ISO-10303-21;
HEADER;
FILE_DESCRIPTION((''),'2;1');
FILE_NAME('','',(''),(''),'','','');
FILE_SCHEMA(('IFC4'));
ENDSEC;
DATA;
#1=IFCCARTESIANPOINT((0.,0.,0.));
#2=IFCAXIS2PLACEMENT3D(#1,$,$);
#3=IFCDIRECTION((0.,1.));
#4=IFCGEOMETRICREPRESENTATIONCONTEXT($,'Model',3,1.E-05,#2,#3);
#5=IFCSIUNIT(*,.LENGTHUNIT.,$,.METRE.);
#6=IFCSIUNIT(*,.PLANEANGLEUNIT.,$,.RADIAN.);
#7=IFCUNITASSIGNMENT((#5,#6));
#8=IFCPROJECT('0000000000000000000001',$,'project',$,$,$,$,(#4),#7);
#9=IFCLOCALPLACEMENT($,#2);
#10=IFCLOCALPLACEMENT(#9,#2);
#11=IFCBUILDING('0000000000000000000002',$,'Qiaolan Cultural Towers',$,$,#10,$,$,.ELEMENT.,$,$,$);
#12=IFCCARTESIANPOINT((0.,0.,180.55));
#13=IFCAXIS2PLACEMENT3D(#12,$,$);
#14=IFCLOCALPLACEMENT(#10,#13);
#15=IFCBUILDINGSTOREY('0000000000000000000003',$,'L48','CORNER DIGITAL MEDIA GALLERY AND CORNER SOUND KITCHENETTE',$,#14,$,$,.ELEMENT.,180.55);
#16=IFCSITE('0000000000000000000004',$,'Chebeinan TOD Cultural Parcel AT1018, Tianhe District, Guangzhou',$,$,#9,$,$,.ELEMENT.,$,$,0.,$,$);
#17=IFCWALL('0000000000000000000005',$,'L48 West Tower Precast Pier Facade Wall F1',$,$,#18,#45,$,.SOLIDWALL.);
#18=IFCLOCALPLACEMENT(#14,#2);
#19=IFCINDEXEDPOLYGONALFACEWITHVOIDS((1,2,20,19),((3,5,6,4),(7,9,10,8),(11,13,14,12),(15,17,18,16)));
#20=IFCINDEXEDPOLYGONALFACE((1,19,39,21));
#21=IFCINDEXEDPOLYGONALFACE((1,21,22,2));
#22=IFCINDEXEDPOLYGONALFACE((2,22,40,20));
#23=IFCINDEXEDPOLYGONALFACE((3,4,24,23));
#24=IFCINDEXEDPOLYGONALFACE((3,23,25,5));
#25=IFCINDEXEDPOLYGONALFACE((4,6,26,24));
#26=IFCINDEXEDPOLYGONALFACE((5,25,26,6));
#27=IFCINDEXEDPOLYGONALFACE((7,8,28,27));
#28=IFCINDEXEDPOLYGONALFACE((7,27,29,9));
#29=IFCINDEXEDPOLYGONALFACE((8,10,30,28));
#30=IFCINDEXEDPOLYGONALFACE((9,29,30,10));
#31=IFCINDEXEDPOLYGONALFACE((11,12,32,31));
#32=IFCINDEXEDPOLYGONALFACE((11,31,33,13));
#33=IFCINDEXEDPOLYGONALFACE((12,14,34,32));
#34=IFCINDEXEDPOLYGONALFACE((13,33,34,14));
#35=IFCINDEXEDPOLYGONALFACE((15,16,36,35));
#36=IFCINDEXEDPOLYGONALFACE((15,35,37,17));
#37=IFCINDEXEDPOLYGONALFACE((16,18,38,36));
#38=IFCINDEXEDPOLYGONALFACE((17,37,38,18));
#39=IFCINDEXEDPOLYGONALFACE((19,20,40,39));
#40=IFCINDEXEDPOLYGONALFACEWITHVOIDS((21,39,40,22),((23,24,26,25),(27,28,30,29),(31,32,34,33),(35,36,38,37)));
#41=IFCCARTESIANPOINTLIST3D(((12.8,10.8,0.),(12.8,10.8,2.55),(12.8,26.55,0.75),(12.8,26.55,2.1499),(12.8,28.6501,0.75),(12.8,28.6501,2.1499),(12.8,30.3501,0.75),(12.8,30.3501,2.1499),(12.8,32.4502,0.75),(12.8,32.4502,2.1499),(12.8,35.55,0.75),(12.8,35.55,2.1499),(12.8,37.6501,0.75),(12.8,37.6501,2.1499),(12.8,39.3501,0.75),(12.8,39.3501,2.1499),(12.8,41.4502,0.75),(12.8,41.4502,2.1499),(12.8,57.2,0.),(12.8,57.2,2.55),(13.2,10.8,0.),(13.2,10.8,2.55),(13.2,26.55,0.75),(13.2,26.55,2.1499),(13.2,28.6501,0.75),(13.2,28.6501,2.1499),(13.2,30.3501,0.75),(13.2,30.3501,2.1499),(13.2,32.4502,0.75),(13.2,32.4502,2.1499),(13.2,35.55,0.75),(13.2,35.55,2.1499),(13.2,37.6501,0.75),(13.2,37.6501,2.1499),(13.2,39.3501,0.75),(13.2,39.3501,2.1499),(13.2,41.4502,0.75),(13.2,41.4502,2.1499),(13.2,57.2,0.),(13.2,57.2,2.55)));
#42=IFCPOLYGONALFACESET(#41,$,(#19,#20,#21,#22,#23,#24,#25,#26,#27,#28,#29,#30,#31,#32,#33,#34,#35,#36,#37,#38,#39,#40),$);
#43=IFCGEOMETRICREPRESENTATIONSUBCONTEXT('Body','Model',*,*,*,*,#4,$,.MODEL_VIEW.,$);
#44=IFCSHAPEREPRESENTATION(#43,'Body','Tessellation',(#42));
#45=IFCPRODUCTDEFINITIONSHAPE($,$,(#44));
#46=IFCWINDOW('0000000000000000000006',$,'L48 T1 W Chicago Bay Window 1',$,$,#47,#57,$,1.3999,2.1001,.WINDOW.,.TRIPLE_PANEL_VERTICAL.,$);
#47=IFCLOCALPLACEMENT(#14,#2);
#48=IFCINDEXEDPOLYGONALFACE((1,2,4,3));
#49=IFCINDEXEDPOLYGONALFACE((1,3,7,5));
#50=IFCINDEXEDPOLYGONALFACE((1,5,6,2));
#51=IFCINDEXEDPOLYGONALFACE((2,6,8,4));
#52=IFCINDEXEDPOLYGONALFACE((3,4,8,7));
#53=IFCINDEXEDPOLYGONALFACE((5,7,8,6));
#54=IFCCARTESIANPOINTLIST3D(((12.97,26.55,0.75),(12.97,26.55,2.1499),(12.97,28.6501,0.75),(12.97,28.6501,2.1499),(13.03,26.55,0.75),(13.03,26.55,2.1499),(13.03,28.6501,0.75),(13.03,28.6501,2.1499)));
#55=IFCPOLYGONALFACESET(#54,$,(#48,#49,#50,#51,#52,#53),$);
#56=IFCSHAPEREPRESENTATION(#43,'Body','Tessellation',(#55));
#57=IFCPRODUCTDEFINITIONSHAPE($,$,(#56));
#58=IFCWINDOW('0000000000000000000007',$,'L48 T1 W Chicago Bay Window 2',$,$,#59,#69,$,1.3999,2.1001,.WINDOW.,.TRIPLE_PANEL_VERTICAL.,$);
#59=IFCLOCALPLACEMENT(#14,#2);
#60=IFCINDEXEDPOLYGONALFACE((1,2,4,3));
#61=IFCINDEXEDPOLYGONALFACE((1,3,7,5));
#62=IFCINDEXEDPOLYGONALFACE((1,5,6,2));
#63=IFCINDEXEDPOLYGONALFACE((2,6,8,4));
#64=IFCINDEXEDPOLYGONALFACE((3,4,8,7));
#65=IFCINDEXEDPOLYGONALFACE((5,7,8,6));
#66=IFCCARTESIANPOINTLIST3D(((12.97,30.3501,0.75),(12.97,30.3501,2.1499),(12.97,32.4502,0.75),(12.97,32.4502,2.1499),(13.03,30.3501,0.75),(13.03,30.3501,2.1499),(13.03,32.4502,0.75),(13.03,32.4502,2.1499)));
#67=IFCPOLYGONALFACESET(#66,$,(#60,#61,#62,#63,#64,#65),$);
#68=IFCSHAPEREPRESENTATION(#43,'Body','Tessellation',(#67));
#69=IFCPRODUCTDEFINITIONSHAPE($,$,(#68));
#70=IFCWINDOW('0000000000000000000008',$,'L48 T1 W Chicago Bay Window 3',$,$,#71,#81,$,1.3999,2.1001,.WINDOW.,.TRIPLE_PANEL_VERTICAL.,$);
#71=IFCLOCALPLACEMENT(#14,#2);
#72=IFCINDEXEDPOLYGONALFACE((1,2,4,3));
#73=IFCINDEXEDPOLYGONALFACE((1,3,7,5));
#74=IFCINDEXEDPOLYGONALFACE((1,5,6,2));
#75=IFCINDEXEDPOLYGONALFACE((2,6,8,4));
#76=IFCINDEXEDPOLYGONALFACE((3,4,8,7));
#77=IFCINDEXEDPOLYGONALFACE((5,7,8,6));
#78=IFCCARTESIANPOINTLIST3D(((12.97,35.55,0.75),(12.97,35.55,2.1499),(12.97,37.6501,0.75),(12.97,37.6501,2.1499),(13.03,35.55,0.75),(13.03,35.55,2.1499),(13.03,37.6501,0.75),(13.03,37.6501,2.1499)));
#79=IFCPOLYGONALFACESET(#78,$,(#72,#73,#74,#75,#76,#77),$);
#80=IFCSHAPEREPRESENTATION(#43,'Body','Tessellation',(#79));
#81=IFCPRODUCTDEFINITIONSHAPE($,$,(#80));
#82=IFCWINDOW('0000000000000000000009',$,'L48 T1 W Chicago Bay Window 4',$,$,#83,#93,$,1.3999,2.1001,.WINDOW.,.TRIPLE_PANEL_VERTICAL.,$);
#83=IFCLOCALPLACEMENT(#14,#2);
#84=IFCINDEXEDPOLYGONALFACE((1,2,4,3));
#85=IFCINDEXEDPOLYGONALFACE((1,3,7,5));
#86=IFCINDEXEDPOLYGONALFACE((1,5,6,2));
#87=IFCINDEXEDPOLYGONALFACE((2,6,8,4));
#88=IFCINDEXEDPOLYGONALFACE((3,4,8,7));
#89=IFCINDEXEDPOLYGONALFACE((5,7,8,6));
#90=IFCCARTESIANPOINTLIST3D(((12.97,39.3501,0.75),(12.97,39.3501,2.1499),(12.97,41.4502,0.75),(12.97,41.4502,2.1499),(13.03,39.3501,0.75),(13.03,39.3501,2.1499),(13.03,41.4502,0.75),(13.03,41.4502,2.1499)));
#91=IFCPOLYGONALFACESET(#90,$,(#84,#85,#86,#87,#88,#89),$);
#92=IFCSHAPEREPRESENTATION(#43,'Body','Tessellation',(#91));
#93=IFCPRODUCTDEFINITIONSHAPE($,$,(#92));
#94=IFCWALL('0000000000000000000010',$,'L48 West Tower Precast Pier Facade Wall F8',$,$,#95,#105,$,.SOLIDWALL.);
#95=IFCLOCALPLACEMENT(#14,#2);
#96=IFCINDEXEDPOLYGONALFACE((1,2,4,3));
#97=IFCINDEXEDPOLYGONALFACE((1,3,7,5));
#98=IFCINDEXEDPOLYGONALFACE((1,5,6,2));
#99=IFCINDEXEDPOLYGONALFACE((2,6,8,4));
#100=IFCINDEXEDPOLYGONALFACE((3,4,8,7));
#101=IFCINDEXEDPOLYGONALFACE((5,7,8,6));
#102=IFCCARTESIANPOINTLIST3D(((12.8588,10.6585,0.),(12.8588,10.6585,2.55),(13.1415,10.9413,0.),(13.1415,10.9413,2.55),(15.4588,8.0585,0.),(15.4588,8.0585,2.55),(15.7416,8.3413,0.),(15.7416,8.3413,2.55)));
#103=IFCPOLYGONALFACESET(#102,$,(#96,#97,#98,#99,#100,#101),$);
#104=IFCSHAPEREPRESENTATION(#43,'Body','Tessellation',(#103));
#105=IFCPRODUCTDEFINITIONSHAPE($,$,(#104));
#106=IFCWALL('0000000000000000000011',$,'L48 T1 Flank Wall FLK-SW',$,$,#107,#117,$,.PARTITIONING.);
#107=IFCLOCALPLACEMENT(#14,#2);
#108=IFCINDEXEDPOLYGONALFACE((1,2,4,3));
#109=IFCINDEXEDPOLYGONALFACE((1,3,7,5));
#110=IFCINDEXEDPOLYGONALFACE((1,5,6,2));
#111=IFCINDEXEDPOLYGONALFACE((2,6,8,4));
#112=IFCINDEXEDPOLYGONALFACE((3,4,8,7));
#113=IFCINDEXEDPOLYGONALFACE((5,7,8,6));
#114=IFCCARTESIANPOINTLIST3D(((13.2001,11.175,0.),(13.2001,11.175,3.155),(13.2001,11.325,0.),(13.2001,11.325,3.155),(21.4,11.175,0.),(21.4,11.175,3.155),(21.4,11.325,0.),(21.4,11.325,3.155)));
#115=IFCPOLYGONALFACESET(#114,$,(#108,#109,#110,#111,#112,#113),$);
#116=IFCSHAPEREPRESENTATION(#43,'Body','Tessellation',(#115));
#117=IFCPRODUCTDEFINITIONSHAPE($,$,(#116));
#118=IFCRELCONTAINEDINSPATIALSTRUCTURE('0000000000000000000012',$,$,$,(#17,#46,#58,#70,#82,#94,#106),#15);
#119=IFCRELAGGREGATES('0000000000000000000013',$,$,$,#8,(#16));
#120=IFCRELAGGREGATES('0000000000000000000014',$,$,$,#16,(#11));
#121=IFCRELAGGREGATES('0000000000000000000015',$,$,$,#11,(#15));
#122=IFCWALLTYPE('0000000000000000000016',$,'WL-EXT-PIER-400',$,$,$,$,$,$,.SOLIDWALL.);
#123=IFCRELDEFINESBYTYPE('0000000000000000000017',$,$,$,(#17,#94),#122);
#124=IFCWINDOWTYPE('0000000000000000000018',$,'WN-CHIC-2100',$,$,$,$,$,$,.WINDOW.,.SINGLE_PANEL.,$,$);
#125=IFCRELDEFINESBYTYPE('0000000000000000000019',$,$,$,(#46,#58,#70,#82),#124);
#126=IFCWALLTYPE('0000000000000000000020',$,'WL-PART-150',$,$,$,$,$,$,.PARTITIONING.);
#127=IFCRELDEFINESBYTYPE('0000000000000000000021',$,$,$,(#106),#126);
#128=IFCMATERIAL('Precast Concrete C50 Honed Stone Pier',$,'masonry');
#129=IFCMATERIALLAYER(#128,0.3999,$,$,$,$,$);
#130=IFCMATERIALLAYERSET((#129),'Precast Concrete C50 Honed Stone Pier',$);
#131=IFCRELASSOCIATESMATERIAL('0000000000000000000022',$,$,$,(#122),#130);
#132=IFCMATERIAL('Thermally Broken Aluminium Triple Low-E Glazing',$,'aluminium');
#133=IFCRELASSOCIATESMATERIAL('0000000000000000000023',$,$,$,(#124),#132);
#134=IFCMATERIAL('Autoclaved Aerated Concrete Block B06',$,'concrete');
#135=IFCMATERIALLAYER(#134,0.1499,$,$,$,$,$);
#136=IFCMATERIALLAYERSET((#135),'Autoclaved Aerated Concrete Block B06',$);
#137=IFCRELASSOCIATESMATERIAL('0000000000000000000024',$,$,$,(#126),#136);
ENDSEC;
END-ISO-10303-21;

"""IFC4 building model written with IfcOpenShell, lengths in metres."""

from ifc_helpers import new_model, si_unit, direction, frame, frame_2d, origin, place, context, subcontext, project, spatial, rectangle, extrude, material, layer, layer_set, type_object, element, fill, save


model = new_model("IFC4")

# Units and contexts
model_context = context("Model", 3, precision=1e-05, world=origin(), true_north=direction((0.0, 1.0)))
body_context = subcontext(model_context, "Body", "Model", "MODEL_VIEW")
ifc_project = project(units=[si_unit("LENGTHUNIT", "METRE"), si_unit("PLANEANGLEUNIT", "RADIAN")], contexts=[model_context])

# Site, building, storey
site_placement = place(None, origin())
site = spatial("IfcSite", under=ifc_project, at=site_placement, Name="Chebeinan TOD Cultural Parcel AT1018, Tianhe District, Guangzhou", CompositionType="ELEMENT", RefElevation=0.0)
building_placement = place(site_placement, origin())
building = spatial("IfcBuilding", under=site, at=building_placement, Name="Qiaolan Cultural Towers", CompositionType="ELEMENT")
storey_placement = place(building_placement, frame((0.0, 0.0, 180.55)))
storey = spatial("IfcBuildingStorey", under=building, at=storey_placement, Name="L48", Description="CORNER DIGITAL MEDIA GALLERY AND CORNER SOUND KITCHENETTE", CompositionType="ELEMENT", Elevation=180.55)

# Wall, openings, windows
ifc_material_1 = material(Name="Precast Concrete C50 Honed Stone Pier", Category="masonry")
ifc_layer_1 = layer(ifc_material_1, 0.3999)
ifc_layer_set_1 = layer_set([ifc_layer_1], Name="Precast Concrete C50 Honed Stone Pier")
wall_type_1 = type_object("IfcWallType", Name="WL-EXT-PIER-400", PredefinedType="SOLIDWALL", material=ifc_layer_set_1)
wall_1_placement = place(storey_placement, frame((13.0, 10.8, 0.0), z_axis=(0.0, 0.0, 1.0), x_axis=(0.0, 1.0, 0.0)))
wall_1 = element("IfcWall", 1, at=wall_1_placement, inside=storey, type_object=wall_type_1, Name="L48 West Tower Precast Pier Facade Wall F1", PredefinedType="SOLIDWALL", context=body_context, shape_type="SweptSolid", body=[
    extrude(rectangle(XDim=46.3999, YDim=0.3999, at=frame_2d((23.2, 0.0))), origin(), (0.0, 0.0, 1.0), 2.55),
])
opening_1_placement = place(wall_1_placement, frame((15.75, 0.0, 0.75)))
opening_1 = element("IfcOpeningElement", 2, at=opening_1_placement, cuts=wall_1, PredefinedType="OPENING", context=body_context, shape_type="SweptSolid", body=[
    extrude(rectangle(XDim=2.1001, YDim=1.3999, at=frame_2d((1.05, 0.7))), frame((0.0, 0.21, 0.0), z_axis=(0.0, -1.0, 0.0), x_axis=(1.0, 0.0, 0.0)), (0.0, 0.0, 1.0), 0.4199),
])
opening_2_placement = place(wall_1_placement, frame((19.55, 0.0, 0.75)))
opening_2 = element("IfcOpeningElement", 3, at=opening_2_placement, cuts=wall_1, PredefinedType="OPENING", context=body_context, shape_type="SweptSolid", body=[
    extrude(rectangle(XDim=2.1001, YDim=1.3999, at=frame_2d((1.05, 0.7))), frame((0.0, 0.21, 0.0), z_axis=(0.0, -1.0, 0.0), x_axis=(1.0, 0.0, 0.0)), (0.0, 0.0, 1.0), 0.4199),
])
opening_3_placement = place(wall_1_placement, frame((24.75, 0.0, 0.75)))
opening_3 = element("IfcOpeningElement", 4, at=opening_3_placement, cuts=wall_1, PredefinedType="OPENING", context=body_context, shape_type="SweptSolid", body=[
    extrude(rectangle(XDim=2.1001, YDim=1.3999, at=frame_2d((1.05, 0.7))), frame((0.0, 0.21, 0.0), z_axis=(0.0, -1.0, 0.0), x_axis=(1.0, 0.0, 0.0)), (0.0, 0.0, 1.0), 0.4199),
])
opening_4_placement = place(wall_1_placement, frame((28.55, 0.0, 0.75)))
opening_4 = element("IfcOpeningElement", 5, at=opening_4_placement, cuts=wall_1, PredefinedType="OPENING", context=body_context, shape_type="SweptSolid", body=[
    extrude(rectangle(XDim=2.1001, YDim=1.3999, at=frame_2d((1.05, 0.7))), frame((0.0, 0.21, 0.0), z_axis=(0.0, -1.0, 0.0), x_axis=(1.0, 0.0, 0.0)), (0.0, 0.0, 1.0), 0.4199),
])
ifc_material_2 = material(Name="Thermally Broken Aluminium Triple Low-E Glazing", Category="aluminium")
window_type = type_object("IfcWindowType", Name="WN-CHIC-2100", PartitioningType="SINGLE_PANEL", PredefinedType="WINDOW", material=ifc_material_2)
window_1_placement = place(opening_1_placement, origin())
window_1 = element("IfcWindow", 6, at=window_1_placement, inside=storey, type_object=window_type, Name="L48 T1 W Chicago Bay Window 1", OverallHeight=1.3999, OverallWidth=2.1001, PartitioningType="TRIPLE_PANEL_VERTICAL", PredefinedType="WINDOW", context=body_context, shape_type="SweptSolid", body=[
    extrude(rectangle(XDim=2.1001, YDim=1.3999, at=frame_2d((1.05, 0.7))), frame((0.0, 0.03, 0.0), z_axis=(0.0, -1.0, 0.0), x_axis=(1.0, 0.0, 0.0)), (0.0, 0.0, 1.0), 0.0601),
])
fill(opening_1, window_1)
window_2_placement = place(opening_2_placement, origin())
window_2 = element("IfcWindow", 7, at=window_2_placement, inside=storey, type_object=window_type, Name="L48 T1 W Chicago Bay Window 2", OverallHeight=1.3999, OverallWidth=2.1001, PartitioningType="TRIPLE_PANEL_VERTICAL", PredefinedType="WINDOW", context=body_context, shape_type="SweptSolid", body=[
    extrude(rectangle(XDim=2.1001, YDim=1.3999, at=frame_2d((1.05, 0.7))), frame((0.0, 0.03, 0.0), z_axis=(0.0, -1.0, 0.0), x_axis=(1.0, 0.0, 0.0)), (0.0, 0.0, 1.0), 0.0601),
])
fill(opening_2, window_2)
window_3_placement = place(opening_3_placement, origin())
window_3 = element("IfcWindow", 8, at=window_3_placement, inside=storey, type_object=window_type, Name="L48 T1 W Chicago Bay Window 3", OverallHeight=1.3999, OverallWidth=2.1001, PartitioningType="TRIPLE_PANEL_VERTICAL", PredefinedType="WINDOW", context=body_context, shape_type="SweptSolid", body=[
    extrude(rectangle(XDim=2.1001, YDim=1.3999, at=frame_2d((1.05, 0.7))), frame((0.0, 0.03, 0.0), z_axis=(0.0, -1.0, 0.0), x_axis=(1.0, 0.0, 0.0)), (0.0, 0.0, 1.0), 0.0601),
])
fill(opening_3, window_3)
window_4_placement = place(opening_4_placement, origin())
window_4 = element("IfcWindow", 9, at=window_4_placement, inside=storey, type_object=window_type, Name="L48 T1 W Chicago Bay Window 4", OverallHeight=1.3999, OverallWidth=2.1001, PartitioningType="TRIPLE_PANEL_VERTICAL", PredefinedType="WINDOW", context=body_context, shape_type="SweptSolid", body=[
    extrude(rectangle(XDim=2.1001, YDim=1.3999, at=frame_2d((1.05, 0.7))), frame((0.0, 0.03, 0.0), z_axis=(0.0, -1.0, 0.0), x_axis=(1.0, 0.0, 0.0)), (0.0, 0.0, 1.0), 0.0601),
])
fill(opening_4, window_4)

# Walls
wall_2_placement = place(storey_placement, frame((15.6001, 8.2, 0.0), z_axis=(0.0, 0.0, 1.0), x_axis=(-0.707107, 0.707107, 0.0)))
element("IfcWall", 10, at=wall_2_placement, inside=storey, type_object=wall_type_1, Name="L48 West Tower Precast Pier Facade Wall F8", PredefinedType="SOLIDWALL", context=body_context, shape_type="SweptSolid", body=[
    extrude(rectangle(XDim=3.677, YDim=0.3999, at=frame_2d((1.8384, 0.0))), origin(), (0.0, 0.0, 1.0), 2.55),
])
ifc_material_3 = material(Name="Autoclaved Aerated Concrete Block B06", Category="concrete")
ifc_layer_2 = layer(ifc_material_3, 0.1499)
ifc_layer_set_2 = layer_set([ifc_layer_2], Name="Autoclaved Aerated Concrete Block B06")
wall_type_2 = type_object("IfcWallType", Name="WL-PART-150", PredefinedType="PARTITIONING", material=ifc_layer_set_2)
wall_3_placement = place(storey_placement, frame((13.2, 11.25, 0.0), z_axis=(0.0, 0.0, 1.0), x_axis=(1.0, 0.0, 0.0)))
element("IfcWall", 11, at=wall_3_placement, inside=storey, type_object=wall_type_2, Name="L48 T1 Flank Wall FLK-SW", PredefinedType="PARTITIONING", context=body_context, shape_type="SweptSolid", body=[
    extrude(rectangle(XDim=8.2, YDim=0.1499, at=frame_2d((4.1001, 0.0))), origin(), (0.0, 0.0, 1.0), 3.155),
])

save(model, "model.ifc")
